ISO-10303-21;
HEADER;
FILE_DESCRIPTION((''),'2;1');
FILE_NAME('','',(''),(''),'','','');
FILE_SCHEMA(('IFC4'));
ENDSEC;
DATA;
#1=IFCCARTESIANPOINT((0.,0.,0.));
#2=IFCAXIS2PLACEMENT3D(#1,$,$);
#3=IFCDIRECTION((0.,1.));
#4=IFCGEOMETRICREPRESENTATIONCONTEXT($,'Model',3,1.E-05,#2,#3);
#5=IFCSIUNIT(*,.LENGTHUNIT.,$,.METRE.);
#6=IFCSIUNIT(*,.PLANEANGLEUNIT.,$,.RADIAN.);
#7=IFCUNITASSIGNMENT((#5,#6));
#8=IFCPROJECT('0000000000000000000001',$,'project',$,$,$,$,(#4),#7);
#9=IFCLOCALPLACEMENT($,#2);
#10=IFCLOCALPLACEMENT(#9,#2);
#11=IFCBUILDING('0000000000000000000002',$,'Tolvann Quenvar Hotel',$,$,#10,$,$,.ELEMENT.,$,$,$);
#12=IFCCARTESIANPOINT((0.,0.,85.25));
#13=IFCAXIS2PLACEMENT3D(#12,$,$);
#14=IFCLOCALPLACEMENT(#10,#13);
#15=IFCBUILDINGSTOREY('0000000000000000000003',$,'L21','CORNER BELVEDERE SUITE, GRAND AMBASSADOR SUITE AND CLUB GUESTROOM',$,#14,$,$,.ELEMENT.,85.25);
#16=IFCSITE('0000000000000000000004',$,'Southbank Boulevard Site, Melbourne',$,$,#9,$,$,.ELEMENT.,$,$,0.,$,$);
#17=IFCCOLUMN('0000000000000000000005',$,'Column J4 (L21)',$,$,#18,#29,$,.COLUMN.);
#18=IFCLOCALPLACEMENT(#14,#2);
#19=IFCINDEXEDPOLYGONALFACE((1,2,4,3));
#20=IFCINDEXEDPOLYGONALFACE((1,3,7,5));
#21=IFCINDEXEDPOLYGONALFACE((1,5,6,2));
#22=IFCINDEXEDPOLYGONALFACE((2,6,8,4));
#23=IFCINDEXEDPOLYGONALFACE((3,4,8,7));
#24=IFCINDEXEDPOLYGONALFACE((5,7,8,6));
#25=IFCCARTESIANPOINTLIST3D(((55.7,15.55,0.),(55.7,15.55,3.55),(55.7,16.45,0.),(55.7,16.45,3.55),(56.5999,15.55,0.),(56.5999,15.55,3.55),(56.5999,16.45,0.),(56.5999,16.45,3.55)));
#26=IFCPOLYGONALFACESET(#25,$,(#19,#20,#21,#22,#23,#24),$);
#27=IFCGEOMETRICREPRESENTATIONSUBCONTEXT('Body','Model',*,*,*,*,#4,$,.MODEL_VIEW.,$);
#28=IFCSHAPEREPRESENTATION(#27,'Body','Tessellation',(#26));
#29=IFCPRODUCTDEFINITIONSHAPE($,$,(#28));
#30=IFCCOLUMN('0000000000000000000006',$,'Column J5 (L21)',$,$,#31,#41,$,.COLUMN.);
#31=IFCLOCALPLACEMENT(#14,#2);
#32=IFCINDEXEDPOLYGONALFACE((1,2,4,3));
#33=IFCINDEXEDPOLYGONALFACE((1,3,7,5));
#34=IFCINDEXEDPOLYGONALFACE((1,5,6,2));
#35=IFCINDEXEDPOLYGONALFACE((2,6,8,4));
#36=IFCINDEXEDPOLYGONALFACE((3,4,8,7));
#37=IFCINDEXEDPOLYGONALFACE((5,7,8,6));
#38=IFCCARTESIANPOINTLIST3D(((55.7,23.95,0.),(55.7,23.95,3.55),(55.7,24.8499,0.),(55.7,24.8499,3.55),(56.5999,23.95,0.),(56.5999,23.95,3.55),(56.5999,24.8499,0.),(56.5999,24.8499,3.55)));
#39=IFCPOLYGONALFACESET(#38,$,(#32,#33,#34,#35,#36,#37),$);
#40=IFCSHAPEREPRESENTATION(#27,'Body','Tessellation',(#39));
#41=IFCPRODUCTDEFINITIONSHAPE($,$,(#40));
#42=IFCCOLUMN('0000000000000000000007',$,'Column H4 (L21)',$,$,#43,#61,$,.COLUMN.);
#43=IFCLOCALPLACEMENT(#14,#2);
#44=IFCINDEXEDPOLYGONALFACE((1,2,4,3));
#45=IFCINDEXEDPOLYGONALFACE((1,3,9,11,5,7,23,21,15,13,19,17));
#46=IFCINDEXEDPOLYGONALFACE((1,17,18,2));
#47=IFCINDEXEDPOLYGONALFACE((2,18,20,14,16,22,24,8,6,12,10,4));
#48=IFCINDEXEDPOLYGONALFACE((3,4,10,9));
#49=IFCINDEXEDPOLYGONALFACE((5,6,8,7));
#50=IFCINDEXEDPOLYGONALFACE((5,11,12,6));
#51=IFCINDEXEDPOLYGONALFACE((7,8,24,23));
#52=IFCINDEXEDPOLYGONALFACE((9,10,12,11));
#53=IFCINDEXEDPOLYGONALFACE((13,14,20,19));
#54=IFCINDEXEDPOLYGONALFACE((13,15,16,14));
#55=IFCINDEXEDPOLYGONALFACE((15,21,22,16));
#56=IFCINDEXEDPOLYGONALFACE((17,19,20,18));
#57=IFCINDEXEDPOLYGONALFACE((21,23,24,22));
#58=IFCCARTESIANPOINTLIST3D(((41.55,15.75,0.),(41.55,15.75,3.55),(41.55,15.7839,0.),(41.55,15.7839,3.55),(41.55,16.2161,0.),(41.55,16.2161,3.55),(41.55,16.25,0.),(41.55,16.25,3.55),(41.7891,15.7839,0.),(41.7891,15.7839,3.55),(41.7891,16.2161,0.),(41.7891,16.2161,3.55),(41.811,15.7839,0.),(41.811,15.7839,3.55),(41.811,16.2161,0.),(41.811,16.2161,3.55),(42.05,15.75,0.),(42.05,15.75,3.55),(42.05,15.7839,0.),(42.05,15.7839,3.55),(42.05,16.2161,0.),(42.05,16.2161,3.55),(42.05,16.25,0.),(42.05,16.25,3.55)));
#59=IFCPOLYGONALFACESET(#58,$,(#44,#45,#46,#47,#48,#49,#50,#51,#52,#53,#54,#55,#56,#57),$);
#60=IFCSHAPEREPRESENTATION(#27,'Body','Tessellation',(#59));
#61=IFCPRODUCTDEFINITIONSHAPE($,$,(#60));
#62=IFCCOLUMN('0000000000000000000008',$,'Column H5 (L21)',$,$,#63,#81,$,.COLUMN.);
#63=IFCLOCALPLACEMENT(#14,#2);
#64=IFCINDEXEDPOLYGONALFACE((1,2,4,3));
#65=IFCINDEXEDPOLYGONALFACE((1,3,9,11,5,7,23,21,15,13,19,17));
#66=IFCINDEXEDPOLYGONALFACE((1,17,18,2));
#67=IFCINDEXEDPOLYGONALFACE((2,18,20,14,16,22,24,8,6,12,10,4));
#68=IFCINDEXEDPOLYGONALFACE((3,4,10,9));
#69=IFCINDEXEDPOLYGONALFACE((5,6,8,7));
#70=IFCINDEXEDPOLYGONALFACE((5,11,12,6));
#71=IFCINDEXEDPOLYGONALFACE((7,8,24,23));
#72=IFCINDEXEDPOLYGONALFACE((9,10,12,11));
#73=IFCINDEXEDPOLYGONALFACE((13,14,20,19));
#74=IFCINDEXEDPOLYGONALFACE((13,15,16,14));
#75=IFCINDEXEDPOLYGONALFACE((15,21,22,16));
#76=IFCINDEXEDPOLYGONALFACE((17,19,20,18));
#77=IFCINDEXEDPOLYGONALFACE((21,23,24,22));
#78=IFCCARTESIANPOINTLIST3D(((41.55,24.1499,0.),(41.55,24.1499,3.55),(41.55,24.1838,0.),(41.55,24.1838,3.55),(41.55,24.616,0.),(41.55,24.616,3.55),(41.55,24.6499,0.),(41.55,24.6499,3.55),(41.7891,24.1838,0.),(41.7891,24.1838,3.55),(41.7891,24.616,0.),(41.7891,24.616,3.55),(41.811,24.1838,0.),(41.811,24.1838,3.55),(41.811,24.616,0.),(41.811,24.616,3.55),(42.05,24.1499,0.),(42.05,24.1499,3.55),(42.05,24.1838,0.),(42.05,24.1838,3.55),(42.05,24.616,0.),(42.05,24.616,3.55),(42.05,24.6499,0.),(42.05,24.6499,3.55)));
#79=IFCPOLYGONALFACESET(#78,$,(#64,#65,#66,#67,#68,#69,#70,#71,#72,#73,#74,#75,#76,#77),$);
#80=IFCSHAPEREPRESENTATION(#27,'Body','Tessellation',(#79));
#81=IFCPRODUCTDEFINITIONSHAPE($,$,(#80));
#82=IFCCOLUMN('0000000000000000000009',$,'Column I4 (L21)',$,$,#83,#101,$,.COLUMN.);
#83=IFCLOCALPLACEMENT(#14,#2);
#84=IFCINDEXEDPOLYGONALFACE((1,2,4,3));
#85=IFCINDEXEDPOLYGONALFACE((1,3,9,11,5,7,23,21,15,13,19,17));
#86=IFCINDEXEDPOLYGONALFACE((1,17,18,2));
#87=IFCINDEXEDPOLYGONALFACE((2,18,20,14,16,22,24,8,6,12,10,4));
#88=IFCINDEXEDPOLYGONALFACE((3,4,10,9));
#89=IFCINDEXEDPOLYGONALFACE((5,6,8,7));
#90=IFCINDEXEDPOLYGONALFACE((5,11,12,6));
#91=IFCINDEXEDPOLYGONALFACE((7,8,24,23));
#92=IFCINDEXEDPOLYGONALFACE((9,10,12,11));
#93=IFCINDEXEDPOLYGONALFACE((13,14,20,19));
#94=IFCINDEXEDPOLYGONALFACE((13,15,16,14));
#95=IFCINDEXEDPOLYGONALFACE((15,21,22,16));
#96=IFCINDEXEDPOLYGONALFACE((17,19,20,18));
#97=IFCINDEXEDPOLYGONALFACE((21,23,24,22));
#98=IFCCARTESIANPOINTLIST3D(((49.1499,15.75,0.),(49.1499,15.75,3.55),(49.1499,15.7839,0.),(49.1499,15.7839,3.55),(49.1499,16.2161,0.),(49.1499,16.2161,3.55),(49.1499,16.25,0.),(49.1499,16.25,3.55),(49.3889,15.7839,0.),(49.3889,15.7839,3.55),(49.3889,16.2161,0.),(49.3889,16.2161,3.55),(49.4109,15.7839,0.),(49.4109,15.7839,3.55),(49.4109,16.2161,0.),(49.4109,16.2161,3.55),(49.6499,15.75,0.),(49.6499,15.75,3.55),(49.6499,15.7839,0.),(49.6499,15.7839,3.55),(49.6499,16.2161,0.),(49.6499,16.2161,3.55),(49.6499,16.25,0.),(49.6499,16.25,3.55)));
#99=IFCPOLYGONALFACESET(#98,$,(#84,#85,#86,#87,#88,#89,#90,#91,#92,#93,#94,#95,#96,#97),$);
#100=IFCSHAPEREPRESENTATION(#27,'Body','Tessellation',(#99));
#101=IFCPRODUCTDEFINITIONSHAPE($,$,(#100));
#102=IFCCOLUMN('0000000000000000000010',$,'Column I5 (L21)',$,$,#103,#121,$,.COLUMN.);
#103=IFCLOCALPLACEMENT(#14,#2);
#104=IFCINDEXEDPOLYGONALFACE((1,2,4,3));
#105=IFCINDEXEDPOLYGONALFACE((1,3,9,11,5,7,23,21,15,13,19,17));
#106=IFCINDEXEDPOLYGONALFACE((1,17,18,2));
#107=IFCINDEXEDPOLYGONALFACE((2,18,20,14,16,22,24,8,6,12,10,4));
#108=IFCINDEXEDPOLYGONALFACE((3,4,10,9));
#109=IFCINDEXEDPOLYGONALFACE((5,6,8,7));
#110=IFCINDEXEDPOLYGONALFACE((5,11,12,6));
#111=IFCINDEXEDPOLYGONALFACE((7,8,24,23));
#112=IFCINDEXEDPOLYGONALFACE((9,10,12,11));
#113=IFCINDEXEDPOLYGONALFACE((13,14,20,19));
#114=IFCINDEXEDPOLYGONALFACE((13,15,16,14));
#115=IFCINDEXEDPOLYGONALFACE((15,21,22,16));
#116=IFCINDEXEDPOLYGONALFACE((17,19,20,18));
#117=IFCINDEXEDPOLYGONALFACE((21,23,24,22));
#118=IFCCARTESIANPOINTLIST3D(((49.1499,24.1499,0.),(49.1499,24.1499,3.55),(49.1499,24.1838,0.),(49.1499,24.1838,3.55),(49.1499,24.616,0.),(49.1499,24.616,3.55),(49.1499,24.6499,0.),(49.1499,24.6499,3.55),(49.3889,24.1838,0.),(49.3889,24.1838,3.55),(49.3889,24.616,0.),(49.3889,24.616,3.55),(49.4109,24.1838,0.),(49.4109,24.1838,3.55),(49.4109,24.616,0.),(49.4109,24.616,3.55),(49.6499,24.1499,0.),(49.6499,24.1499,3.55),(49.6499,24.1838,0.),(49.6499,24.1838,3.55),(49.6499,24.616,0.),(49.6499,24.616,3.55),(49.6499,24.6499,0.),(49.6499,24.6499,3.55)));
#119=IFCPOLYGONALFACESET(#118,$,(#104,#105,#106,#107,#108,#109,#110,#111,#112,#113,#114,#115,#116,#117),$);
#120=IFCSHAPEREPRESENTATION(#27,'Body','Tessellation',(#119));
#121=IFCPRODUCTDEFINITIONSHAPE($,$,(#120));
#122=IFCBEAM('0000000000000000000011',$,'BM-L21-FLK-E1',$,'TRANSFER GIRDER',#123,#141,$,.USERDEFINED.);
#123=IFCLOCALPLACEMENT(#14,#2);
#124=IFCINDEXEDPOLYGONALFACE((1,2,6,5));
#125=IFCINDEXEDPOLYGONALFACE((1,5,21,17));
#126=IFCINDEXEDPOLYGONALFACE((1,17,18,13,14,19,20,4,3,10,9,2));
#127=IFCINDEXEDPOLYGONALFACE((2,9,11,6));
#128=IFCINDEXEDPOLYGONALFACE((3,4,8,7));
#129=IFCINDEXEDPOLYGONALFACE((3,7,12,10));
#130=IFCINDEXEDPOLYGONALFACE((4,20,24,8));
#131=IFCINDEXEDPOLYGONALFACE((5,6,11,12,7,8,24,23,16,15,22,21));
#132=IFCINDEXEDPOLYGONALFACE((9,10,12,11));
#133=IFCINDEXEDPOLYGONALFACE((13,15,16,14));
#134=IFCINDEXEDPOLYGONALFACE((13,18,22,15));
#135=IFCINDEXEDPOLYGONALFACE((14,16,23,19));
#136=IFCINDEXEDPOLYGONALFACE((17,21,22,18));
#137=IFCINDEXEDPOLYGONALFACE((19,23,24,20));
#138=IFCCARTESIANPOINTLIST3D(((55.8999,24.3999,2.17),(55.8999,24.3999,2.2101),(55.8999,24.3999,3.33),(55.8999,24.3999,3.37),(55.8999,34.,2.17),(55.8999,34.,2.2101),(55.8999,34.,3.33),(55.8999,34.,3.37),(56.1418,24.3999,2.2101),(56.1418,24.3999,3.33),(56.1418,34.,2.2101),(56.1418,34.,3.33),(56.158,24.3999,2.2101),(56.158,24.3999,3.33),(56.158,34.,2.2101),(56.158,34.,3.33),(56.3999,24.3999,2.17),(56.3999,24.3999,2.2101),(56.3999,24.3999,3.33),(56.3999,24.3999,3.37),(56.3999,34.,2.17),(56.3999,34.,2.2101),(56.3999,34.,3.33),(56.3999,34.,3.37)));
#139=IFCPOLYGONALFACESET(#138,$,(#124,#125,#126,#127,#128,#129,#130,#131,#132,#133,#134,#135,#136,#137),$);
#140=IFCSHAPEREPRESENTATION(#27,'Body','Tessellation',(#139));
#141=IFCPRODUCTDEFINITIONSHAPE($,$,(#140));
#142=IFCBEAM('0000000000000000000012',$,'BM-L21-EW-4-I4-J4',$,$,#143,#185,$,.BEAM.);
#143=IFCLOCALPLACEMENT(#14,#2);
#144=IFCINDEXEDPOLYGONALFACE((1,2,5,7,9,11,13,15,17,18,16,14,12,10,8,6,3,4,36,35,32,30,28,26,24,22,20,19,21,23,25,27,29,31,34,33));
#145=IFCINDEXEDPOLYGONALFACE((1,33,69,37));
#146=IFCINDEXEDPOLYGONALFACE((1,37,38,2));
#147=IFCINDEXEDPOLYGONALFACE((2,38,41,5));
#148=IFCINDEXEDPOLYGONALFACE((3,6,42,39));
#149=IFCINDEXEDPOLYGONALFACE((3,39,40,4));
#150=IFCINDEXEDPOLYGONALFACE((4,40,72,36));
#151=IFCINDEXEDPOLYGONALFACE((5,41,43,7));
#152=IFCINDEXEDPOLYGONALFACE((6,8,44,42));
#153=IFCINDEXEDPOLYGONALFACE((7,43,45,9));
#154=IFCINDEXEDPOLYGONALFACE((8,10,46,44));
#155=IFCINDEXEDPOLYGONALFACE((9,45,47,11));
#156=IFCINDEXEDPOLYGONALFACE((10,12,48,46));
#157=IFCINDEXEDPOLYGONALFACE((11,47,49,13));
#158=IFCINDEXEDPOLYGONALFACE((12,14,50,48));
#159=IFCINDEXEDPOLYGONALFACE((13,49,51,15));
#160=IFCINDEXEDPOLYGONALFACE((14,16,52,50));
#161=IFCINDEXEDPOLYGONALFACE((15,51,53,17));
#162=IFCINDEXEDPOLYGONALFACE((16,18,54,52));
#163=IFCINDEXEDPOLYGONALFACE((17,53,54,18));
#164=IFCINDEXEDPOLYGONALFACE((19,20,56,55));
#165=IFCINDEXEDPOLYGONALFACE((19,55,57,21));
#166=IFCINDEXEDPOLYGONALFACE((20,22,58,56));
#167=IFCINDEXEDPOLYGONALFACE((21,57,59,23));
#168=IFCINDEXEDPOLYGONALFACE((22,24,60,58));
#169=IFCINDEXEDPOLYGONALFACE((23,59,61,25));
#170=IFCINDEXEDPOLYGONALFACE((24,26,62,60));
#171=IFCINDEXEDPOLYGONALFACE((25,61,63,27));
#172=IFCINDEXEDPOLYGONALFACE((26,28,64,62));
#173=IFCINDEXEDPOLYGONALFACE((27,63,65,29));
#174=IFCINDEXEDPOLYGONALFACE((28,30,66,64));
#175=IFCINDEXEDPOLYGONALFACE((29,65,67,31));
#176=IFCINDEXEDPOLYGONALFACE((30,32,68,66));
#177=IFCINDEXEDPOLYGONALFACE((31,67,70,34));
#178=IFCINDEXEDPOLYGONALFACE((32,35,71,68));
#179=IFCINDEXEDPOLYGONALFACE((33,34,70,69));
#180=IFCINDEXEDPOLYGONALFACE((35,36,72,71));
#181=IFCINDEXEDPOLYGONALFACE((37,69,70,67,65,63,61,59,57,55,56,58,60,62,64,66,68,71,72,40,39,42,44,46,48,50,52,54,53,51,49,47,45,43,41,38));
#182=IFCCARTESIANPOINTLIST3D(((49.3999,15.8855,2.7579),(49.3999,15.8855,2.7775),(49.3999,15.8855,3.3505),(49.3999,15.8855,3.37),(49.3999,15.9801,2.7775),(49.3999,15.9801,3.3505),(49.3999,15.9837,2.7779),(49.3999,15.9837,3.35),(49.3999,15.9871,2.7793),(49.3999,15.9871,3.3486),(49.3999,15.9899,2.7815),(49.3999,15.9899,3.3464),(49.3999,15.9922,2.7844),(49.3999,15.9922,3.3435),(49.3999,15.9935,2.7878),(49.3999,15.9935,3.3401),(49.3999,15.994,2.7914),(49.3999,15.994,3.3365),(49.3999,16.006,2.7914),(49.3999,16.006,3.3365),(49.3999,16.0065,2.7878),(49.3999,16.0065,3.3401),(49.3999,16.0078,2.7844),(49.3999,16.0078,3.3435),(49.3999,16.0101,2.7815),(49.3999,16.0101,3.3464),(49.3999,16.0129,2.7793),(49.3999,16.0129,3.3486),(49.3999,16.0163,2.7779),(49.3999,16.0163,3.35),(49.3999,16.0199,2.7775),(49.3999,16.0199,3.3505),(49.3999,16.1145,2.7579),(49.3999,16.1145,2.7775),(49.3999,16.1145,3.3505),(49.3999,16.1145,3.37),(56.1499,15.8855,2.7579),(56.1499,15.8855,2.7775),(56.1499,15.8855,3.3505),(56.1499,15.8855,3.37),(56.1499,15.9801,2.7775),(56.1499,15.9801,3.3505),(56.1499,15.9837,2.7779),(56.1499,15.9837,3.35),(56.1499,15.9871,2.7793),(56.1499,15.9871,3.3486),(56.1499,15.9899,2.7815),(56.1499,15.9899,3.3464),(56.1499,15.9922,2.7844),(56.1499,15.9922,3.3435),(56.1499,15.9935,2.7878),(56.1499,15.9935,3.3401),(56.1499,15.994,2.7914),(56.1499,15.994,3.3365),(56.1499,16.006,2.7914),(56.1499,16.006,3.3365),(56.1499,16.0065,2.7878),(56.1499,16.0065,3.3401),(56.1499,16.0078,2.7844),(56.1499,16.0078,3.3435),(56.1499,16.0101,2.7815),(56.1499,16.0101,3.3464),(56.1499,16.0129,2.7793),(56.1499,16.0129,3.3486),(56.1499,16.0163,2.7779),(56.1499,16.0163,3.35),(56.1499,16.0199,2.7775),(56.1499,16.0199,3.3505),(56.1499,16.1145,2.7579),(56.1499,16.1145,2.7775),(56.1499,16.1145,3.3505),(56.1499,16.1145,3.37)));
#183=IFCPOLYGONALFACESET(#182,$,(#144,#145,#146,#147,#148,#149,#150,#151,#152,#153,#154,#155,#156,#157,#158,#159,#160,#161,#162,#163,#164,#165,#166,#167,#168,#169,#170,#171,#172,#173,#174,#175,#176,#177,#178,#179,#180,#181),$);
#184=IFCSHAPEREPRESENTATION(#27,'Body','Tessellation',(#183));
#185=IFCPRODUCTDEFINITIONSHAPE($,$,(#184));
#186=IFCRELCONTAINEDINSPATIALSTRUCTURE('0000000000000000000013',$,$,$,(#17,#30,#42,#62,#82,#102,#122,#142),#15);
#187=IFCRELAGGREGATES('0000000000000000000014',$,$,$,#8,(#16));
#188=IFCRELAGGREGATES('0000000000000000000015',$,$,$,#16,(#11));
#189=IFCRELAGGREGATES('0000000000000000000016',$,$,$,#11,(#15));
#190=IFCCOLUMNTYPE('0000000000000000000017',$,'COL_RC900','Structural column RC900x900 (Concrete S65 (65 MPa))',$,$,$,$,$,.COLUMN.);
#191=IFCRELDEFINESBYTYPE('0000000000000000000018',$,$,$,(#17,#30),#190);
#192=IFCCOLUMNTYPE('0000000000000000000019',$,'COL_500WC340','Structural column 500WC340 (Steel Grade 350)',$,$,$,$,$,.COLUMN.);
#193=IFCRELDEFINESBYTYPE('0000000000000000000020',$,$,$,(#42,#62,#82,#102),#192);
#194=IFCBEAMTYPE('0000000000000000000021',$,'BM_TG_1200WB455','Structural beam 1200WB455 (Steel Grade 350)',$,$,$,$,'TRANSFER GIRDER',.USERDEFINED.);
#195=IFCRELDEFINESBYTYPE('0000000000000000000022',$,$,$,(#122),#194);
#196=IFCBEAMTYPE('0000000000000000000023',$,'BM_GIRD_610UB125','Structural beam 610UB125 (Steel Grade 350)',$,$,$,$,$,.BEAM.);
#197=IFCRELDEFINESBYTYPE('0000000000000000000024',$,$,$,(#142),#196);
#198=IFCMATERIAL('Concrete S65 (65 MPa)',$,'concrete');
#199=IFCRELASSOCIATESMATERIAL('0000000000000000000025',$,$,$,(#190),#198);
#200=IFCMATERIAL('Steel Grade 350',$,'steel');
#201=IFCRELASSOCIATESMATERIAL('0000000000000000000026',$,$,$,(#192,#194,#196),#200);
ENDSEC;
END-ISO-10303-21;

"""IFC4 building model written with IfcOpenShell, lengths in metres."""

from ifc_helpers import new_model, si_unit, direction, frame, origin, origin_2d, place, context, subcontext, project, spatial, rectangle, i_section, extrude, source, transform, mapped, material, material_profile, profile_set, type_object, type_shapes, element, save


model = new_model("IFC4")

# Units and contexts
model_context = context("Model", 3, precision=1e-05, world=origin(), true_north=direction((0.0, 1.0)))
body_context = subcontext(model_context, "Body", "Model", "MODEL_VIEW")
ifc_project = project(units=[si_unit("LENGTHUNIT", "METRE"), si_unit("PLANEANGLEUNIT", "RADIAN")], contexts=[model_context])

# Site, building, storey
site_placement = place(None, origin())
site = spatial("IfcSite", under=ifc_project, at=site_placement, Name="Southbank Boulevard Site, Melbourne", CompositionType="ELEMENT", RefElevation=0.0)
building_placement = place(site_placement, origin())
building = spatial("IfcBuilding", under=site, at=building_placement, Name="Tolvann Quenvar Hotel", CompositionType="ELEMENT")
storey_placement = place(building_placement, frame((0.0, 0.0, 85.25)))
storey = spatial("IfcBuildingStorey", under=building, at=storey_placement, Name="L21", Description="CORNER BELVEDERE SUITE, GRAND AMBASSADOR SUITE AND CLUB GUESTROOM", CompositionType="ELEMENT", Elevation=85.25)

# Columns
ifc_material_1 = material(Name="Concrete S65 (65 MPa)", Category="concrete")
ifc_material_profile_1 = material_profile(ifc_material_1, rectangle(XDim=0.8999, YDim=0.8999, at=origin_2d()), Name="RC900x900")
ifc_profile_set_1 = profile_set([ifc_material_profile_1], Name="Concrete S65 (65 MPa)")
column_type_1 = type_object("IfcColumnType", Name="COL_RC900", Description="Structural column RC900x900 (Concrete S65 (65 MPa))", PredefinedType="COLUMN", material=ifc_profile_set_1)
shared_shape_1 = source(origin(), body_context, "Body", "SweptSolid", [
    extrude(rectangle(XDim=0.8999, YDim=0.8999, at=origin_2d()), origin(), (0.0, 0.0, 1.0), 3.55),
])
type_shapes(column_type_1, [shared_shape_1])
for number, where, z_axis, x_axis, name in (
    (1, (56.1499, 16.0, 0.0), (0.0, 0.0, 1.0), (1.0, 0.0, 0.0), "Column J4 (L21)"),
    (2, (56.1499, 24.3999, 0.0), (0.0, 0.0, 1.0), (1.0, 0.0, 0.0), "Column J5 (L21)"),
):
    element("IfcColumn", number, at=place(storey_placement, frame(where, z_axis=z_axis, x_axis=x_axis)), inside=storey, type_object=column_type_1, Name=name, PredefinedType="COLUMN", context=body_context, shape_type="MappedRepresentation", body=[
        mapped(shared_shape_1, transform((0.0, 0.0, 0.0), x_axis=(1.0, 0.0, 0.0), y_axis=(0.0, 1.0, 0.0), z_axis=(0.0, 0.0, 1.0), scale=1.0)),
    ])
ifc_material_2 = material(Name="Steel Grade 350", Category="steel")
ifc_material_profile_2 = material_profile(ifc_material_2, i_section(OverallWidth=0.5, OverallDepth=0.5, WebThickness=0.022, FlangeThickness=0.0339, at=origin_2d()), Name="500WC340")
ifc_profile_set_2 = profile_set([ifc_material_profile_2], Name="Steel Grade 350")
column_type_2 = type_object("IfcColumnType", Name="COL_500WC340", Description="Structural column 500WC340 (Steel Grade 350)", PredefinedType="COLUMN", material=ifc_profile_set_2)
shared_shape_2 = source(origin(), body_context, "Body", "SweptSolid", [
    extrude(i_section(OverallWidth=0.5, OverallDepth=0.5, WebThickness=0.022, FlangeThickness=0.0339, at=origin_2d()), origin(), (0.0, 0.0, 1.0), 3.55),
])
type_shapes(column_type_2, [shared_shape_2])
for number, where, z_axis, x_axis, name in (
    (3, (41.8, 16.0, 0.0), (0.0, 0.0, 1.0), (1.0, 0.0, 0.0), "Column H4 (L21)"),
    (4, (41.8, 24.3999, 0.0), (0.0, 0.0, 1.0), (1.0, 0.0, 0.0), "Column H5 (L21)"),
    (5, (49.3999, 16.0, 0.0), (0.0, 0.0, 1.0), (1.0, 0.0, 0.0), "Column I4 (L21)"),
    (6, (49.3999, 24.3999, 0.0), (0.0, 0.0, 1.0), (1.0, 0.0, 0.0), "Column I5 (L21)"),
):
    element("IfcColumn", number, at=place(storey_placement, frame(where, z_axis=z_axis, x_axis=x_axis)), inside=storey, type_object=column_type_2, Name=name, PredefinedType="COLUMN", context=body_context, shape_type="MappedRepresentation", body=[
        mapped(shared_shape_2, transform((0.0, 0.0, 0.0), x_axis=(1.0, 0.0, 0.0), y_axis=(0.0, 1.0, 0.0), z_axis=(0.0, 0.0, 1.0), scale=1.0)),
    ])

# Beams
ifc_material_profile_3 = material_profile(ifc_material_2, i_section(OverallWidth=0.5, OverallDepth=1.2, WebThickness=0.0161, FlangeThickness=0.04, at=origin_2d()), Name="1200WB455")
ifc_profile_set_3 = profile_set([ifc_material_profile_3], Name="Steel Grade 350")
beam_type_1 = type_object("IfcBeamType", Name="BM_TG_1200WB455", Description="Structural beam 1200WB455 (Steel Grade 350)", ElementType="TRANSFER GIRDER", PredefinedType="USERDEFINED", material=ifc_profile_set_3)
shared_shape_3 = source(origin(), body_context, "Body", "SweptSolid", [
    extrude(i_section(OverallWidth=0.5, OverallDepth=1.2, WebThickness=0.0161, FlangeThickness=0.04, at=origin_2d()), origin(), (0.0, 0.0, 1.0), 9.6001),
])
beam_1_placement = place(storey_placement, frame((56.1499, 24.3999, 2.77), z_axis=(0.0, 1.0, 0.0), x_axis=(-1.0, 0.0, 0.0)))
element("IfcBeam", 7, at=beam_1_placement, inside=storey, type_object=beam_type_1, Name="BM-L21-FLK-E1", ObjectType="TRANSFER GIRDER", PredefinedType="USERDEFINED", context=body_context, shape_type="MappedRepresentation", body=[
    mapped(shared_shape_3, transform((0.0, 0.0, 0.0), x_axis=(1.0, 0.0, 0.0), y_axis=(0.0, 1.0, 0.0), z_axis=(0.0, 0.0, 1.0), scale=1.0)),
])
ifc_material_profile_4 = material_profile(ifc_material_2, i_section(OverallWidth=0.229, OverallDepth=0.6121, WebThickness=0.012, FlangeThickness=0.0195, FilletRadius=0.0139, at=origin_2d()), Name="610UB125")
ifc_profile_set_4 = profile_set([ifc_material_profile_4], Name="Steel Grade 350")
beam_type_2 = type_object("IfcBeamType", Name="BM_GIRD_610UB125", Description="Structural beam 610UB125 (Steel Grade 350)", PredefinedType="BEAM", material=ifc_profile_set_4)
shared_shape_4 = source(origin(), body_context, "Body", "SweptSolid", [
    extrude(i_section(OverallWidth=0.229, OverallDepth=0.6121, WebThickness=0.012, FlangeThickness=0.0195, FilletRadius=0.0139, at=origin_2d()), origin(), (0.0, 0.0, 1.0), 6.75),
])
for number, where, z_axis, x_axis, name in (
    (8, (49.3999, 16.0, 3.064), (1.0, 0.0, 0.0), (0.0, 1.0, 0.0), "BM-L21-EW-4-I4-J4"),
):
    element("IfcBeam", number, at=place(storey_placement, frame(where, z_axis=z_axis, x_axis=x_axis)), inside=storey, type_object=beam_type_2, Name=name, PredefinedType="BEAM", context=body_context, shape_type="MappedRepresentation", body=[
        mapped(shared_shape_4, transform((0.0, 0.0, 0.0), x_axis=(1.0, 0.0, 0.0), y_axis=(0.0, 1.0, 0.0), z_axis=(0.0, 0.0, 1.0), scale=1.0)),
    ])

save(model, "model.ifc")
